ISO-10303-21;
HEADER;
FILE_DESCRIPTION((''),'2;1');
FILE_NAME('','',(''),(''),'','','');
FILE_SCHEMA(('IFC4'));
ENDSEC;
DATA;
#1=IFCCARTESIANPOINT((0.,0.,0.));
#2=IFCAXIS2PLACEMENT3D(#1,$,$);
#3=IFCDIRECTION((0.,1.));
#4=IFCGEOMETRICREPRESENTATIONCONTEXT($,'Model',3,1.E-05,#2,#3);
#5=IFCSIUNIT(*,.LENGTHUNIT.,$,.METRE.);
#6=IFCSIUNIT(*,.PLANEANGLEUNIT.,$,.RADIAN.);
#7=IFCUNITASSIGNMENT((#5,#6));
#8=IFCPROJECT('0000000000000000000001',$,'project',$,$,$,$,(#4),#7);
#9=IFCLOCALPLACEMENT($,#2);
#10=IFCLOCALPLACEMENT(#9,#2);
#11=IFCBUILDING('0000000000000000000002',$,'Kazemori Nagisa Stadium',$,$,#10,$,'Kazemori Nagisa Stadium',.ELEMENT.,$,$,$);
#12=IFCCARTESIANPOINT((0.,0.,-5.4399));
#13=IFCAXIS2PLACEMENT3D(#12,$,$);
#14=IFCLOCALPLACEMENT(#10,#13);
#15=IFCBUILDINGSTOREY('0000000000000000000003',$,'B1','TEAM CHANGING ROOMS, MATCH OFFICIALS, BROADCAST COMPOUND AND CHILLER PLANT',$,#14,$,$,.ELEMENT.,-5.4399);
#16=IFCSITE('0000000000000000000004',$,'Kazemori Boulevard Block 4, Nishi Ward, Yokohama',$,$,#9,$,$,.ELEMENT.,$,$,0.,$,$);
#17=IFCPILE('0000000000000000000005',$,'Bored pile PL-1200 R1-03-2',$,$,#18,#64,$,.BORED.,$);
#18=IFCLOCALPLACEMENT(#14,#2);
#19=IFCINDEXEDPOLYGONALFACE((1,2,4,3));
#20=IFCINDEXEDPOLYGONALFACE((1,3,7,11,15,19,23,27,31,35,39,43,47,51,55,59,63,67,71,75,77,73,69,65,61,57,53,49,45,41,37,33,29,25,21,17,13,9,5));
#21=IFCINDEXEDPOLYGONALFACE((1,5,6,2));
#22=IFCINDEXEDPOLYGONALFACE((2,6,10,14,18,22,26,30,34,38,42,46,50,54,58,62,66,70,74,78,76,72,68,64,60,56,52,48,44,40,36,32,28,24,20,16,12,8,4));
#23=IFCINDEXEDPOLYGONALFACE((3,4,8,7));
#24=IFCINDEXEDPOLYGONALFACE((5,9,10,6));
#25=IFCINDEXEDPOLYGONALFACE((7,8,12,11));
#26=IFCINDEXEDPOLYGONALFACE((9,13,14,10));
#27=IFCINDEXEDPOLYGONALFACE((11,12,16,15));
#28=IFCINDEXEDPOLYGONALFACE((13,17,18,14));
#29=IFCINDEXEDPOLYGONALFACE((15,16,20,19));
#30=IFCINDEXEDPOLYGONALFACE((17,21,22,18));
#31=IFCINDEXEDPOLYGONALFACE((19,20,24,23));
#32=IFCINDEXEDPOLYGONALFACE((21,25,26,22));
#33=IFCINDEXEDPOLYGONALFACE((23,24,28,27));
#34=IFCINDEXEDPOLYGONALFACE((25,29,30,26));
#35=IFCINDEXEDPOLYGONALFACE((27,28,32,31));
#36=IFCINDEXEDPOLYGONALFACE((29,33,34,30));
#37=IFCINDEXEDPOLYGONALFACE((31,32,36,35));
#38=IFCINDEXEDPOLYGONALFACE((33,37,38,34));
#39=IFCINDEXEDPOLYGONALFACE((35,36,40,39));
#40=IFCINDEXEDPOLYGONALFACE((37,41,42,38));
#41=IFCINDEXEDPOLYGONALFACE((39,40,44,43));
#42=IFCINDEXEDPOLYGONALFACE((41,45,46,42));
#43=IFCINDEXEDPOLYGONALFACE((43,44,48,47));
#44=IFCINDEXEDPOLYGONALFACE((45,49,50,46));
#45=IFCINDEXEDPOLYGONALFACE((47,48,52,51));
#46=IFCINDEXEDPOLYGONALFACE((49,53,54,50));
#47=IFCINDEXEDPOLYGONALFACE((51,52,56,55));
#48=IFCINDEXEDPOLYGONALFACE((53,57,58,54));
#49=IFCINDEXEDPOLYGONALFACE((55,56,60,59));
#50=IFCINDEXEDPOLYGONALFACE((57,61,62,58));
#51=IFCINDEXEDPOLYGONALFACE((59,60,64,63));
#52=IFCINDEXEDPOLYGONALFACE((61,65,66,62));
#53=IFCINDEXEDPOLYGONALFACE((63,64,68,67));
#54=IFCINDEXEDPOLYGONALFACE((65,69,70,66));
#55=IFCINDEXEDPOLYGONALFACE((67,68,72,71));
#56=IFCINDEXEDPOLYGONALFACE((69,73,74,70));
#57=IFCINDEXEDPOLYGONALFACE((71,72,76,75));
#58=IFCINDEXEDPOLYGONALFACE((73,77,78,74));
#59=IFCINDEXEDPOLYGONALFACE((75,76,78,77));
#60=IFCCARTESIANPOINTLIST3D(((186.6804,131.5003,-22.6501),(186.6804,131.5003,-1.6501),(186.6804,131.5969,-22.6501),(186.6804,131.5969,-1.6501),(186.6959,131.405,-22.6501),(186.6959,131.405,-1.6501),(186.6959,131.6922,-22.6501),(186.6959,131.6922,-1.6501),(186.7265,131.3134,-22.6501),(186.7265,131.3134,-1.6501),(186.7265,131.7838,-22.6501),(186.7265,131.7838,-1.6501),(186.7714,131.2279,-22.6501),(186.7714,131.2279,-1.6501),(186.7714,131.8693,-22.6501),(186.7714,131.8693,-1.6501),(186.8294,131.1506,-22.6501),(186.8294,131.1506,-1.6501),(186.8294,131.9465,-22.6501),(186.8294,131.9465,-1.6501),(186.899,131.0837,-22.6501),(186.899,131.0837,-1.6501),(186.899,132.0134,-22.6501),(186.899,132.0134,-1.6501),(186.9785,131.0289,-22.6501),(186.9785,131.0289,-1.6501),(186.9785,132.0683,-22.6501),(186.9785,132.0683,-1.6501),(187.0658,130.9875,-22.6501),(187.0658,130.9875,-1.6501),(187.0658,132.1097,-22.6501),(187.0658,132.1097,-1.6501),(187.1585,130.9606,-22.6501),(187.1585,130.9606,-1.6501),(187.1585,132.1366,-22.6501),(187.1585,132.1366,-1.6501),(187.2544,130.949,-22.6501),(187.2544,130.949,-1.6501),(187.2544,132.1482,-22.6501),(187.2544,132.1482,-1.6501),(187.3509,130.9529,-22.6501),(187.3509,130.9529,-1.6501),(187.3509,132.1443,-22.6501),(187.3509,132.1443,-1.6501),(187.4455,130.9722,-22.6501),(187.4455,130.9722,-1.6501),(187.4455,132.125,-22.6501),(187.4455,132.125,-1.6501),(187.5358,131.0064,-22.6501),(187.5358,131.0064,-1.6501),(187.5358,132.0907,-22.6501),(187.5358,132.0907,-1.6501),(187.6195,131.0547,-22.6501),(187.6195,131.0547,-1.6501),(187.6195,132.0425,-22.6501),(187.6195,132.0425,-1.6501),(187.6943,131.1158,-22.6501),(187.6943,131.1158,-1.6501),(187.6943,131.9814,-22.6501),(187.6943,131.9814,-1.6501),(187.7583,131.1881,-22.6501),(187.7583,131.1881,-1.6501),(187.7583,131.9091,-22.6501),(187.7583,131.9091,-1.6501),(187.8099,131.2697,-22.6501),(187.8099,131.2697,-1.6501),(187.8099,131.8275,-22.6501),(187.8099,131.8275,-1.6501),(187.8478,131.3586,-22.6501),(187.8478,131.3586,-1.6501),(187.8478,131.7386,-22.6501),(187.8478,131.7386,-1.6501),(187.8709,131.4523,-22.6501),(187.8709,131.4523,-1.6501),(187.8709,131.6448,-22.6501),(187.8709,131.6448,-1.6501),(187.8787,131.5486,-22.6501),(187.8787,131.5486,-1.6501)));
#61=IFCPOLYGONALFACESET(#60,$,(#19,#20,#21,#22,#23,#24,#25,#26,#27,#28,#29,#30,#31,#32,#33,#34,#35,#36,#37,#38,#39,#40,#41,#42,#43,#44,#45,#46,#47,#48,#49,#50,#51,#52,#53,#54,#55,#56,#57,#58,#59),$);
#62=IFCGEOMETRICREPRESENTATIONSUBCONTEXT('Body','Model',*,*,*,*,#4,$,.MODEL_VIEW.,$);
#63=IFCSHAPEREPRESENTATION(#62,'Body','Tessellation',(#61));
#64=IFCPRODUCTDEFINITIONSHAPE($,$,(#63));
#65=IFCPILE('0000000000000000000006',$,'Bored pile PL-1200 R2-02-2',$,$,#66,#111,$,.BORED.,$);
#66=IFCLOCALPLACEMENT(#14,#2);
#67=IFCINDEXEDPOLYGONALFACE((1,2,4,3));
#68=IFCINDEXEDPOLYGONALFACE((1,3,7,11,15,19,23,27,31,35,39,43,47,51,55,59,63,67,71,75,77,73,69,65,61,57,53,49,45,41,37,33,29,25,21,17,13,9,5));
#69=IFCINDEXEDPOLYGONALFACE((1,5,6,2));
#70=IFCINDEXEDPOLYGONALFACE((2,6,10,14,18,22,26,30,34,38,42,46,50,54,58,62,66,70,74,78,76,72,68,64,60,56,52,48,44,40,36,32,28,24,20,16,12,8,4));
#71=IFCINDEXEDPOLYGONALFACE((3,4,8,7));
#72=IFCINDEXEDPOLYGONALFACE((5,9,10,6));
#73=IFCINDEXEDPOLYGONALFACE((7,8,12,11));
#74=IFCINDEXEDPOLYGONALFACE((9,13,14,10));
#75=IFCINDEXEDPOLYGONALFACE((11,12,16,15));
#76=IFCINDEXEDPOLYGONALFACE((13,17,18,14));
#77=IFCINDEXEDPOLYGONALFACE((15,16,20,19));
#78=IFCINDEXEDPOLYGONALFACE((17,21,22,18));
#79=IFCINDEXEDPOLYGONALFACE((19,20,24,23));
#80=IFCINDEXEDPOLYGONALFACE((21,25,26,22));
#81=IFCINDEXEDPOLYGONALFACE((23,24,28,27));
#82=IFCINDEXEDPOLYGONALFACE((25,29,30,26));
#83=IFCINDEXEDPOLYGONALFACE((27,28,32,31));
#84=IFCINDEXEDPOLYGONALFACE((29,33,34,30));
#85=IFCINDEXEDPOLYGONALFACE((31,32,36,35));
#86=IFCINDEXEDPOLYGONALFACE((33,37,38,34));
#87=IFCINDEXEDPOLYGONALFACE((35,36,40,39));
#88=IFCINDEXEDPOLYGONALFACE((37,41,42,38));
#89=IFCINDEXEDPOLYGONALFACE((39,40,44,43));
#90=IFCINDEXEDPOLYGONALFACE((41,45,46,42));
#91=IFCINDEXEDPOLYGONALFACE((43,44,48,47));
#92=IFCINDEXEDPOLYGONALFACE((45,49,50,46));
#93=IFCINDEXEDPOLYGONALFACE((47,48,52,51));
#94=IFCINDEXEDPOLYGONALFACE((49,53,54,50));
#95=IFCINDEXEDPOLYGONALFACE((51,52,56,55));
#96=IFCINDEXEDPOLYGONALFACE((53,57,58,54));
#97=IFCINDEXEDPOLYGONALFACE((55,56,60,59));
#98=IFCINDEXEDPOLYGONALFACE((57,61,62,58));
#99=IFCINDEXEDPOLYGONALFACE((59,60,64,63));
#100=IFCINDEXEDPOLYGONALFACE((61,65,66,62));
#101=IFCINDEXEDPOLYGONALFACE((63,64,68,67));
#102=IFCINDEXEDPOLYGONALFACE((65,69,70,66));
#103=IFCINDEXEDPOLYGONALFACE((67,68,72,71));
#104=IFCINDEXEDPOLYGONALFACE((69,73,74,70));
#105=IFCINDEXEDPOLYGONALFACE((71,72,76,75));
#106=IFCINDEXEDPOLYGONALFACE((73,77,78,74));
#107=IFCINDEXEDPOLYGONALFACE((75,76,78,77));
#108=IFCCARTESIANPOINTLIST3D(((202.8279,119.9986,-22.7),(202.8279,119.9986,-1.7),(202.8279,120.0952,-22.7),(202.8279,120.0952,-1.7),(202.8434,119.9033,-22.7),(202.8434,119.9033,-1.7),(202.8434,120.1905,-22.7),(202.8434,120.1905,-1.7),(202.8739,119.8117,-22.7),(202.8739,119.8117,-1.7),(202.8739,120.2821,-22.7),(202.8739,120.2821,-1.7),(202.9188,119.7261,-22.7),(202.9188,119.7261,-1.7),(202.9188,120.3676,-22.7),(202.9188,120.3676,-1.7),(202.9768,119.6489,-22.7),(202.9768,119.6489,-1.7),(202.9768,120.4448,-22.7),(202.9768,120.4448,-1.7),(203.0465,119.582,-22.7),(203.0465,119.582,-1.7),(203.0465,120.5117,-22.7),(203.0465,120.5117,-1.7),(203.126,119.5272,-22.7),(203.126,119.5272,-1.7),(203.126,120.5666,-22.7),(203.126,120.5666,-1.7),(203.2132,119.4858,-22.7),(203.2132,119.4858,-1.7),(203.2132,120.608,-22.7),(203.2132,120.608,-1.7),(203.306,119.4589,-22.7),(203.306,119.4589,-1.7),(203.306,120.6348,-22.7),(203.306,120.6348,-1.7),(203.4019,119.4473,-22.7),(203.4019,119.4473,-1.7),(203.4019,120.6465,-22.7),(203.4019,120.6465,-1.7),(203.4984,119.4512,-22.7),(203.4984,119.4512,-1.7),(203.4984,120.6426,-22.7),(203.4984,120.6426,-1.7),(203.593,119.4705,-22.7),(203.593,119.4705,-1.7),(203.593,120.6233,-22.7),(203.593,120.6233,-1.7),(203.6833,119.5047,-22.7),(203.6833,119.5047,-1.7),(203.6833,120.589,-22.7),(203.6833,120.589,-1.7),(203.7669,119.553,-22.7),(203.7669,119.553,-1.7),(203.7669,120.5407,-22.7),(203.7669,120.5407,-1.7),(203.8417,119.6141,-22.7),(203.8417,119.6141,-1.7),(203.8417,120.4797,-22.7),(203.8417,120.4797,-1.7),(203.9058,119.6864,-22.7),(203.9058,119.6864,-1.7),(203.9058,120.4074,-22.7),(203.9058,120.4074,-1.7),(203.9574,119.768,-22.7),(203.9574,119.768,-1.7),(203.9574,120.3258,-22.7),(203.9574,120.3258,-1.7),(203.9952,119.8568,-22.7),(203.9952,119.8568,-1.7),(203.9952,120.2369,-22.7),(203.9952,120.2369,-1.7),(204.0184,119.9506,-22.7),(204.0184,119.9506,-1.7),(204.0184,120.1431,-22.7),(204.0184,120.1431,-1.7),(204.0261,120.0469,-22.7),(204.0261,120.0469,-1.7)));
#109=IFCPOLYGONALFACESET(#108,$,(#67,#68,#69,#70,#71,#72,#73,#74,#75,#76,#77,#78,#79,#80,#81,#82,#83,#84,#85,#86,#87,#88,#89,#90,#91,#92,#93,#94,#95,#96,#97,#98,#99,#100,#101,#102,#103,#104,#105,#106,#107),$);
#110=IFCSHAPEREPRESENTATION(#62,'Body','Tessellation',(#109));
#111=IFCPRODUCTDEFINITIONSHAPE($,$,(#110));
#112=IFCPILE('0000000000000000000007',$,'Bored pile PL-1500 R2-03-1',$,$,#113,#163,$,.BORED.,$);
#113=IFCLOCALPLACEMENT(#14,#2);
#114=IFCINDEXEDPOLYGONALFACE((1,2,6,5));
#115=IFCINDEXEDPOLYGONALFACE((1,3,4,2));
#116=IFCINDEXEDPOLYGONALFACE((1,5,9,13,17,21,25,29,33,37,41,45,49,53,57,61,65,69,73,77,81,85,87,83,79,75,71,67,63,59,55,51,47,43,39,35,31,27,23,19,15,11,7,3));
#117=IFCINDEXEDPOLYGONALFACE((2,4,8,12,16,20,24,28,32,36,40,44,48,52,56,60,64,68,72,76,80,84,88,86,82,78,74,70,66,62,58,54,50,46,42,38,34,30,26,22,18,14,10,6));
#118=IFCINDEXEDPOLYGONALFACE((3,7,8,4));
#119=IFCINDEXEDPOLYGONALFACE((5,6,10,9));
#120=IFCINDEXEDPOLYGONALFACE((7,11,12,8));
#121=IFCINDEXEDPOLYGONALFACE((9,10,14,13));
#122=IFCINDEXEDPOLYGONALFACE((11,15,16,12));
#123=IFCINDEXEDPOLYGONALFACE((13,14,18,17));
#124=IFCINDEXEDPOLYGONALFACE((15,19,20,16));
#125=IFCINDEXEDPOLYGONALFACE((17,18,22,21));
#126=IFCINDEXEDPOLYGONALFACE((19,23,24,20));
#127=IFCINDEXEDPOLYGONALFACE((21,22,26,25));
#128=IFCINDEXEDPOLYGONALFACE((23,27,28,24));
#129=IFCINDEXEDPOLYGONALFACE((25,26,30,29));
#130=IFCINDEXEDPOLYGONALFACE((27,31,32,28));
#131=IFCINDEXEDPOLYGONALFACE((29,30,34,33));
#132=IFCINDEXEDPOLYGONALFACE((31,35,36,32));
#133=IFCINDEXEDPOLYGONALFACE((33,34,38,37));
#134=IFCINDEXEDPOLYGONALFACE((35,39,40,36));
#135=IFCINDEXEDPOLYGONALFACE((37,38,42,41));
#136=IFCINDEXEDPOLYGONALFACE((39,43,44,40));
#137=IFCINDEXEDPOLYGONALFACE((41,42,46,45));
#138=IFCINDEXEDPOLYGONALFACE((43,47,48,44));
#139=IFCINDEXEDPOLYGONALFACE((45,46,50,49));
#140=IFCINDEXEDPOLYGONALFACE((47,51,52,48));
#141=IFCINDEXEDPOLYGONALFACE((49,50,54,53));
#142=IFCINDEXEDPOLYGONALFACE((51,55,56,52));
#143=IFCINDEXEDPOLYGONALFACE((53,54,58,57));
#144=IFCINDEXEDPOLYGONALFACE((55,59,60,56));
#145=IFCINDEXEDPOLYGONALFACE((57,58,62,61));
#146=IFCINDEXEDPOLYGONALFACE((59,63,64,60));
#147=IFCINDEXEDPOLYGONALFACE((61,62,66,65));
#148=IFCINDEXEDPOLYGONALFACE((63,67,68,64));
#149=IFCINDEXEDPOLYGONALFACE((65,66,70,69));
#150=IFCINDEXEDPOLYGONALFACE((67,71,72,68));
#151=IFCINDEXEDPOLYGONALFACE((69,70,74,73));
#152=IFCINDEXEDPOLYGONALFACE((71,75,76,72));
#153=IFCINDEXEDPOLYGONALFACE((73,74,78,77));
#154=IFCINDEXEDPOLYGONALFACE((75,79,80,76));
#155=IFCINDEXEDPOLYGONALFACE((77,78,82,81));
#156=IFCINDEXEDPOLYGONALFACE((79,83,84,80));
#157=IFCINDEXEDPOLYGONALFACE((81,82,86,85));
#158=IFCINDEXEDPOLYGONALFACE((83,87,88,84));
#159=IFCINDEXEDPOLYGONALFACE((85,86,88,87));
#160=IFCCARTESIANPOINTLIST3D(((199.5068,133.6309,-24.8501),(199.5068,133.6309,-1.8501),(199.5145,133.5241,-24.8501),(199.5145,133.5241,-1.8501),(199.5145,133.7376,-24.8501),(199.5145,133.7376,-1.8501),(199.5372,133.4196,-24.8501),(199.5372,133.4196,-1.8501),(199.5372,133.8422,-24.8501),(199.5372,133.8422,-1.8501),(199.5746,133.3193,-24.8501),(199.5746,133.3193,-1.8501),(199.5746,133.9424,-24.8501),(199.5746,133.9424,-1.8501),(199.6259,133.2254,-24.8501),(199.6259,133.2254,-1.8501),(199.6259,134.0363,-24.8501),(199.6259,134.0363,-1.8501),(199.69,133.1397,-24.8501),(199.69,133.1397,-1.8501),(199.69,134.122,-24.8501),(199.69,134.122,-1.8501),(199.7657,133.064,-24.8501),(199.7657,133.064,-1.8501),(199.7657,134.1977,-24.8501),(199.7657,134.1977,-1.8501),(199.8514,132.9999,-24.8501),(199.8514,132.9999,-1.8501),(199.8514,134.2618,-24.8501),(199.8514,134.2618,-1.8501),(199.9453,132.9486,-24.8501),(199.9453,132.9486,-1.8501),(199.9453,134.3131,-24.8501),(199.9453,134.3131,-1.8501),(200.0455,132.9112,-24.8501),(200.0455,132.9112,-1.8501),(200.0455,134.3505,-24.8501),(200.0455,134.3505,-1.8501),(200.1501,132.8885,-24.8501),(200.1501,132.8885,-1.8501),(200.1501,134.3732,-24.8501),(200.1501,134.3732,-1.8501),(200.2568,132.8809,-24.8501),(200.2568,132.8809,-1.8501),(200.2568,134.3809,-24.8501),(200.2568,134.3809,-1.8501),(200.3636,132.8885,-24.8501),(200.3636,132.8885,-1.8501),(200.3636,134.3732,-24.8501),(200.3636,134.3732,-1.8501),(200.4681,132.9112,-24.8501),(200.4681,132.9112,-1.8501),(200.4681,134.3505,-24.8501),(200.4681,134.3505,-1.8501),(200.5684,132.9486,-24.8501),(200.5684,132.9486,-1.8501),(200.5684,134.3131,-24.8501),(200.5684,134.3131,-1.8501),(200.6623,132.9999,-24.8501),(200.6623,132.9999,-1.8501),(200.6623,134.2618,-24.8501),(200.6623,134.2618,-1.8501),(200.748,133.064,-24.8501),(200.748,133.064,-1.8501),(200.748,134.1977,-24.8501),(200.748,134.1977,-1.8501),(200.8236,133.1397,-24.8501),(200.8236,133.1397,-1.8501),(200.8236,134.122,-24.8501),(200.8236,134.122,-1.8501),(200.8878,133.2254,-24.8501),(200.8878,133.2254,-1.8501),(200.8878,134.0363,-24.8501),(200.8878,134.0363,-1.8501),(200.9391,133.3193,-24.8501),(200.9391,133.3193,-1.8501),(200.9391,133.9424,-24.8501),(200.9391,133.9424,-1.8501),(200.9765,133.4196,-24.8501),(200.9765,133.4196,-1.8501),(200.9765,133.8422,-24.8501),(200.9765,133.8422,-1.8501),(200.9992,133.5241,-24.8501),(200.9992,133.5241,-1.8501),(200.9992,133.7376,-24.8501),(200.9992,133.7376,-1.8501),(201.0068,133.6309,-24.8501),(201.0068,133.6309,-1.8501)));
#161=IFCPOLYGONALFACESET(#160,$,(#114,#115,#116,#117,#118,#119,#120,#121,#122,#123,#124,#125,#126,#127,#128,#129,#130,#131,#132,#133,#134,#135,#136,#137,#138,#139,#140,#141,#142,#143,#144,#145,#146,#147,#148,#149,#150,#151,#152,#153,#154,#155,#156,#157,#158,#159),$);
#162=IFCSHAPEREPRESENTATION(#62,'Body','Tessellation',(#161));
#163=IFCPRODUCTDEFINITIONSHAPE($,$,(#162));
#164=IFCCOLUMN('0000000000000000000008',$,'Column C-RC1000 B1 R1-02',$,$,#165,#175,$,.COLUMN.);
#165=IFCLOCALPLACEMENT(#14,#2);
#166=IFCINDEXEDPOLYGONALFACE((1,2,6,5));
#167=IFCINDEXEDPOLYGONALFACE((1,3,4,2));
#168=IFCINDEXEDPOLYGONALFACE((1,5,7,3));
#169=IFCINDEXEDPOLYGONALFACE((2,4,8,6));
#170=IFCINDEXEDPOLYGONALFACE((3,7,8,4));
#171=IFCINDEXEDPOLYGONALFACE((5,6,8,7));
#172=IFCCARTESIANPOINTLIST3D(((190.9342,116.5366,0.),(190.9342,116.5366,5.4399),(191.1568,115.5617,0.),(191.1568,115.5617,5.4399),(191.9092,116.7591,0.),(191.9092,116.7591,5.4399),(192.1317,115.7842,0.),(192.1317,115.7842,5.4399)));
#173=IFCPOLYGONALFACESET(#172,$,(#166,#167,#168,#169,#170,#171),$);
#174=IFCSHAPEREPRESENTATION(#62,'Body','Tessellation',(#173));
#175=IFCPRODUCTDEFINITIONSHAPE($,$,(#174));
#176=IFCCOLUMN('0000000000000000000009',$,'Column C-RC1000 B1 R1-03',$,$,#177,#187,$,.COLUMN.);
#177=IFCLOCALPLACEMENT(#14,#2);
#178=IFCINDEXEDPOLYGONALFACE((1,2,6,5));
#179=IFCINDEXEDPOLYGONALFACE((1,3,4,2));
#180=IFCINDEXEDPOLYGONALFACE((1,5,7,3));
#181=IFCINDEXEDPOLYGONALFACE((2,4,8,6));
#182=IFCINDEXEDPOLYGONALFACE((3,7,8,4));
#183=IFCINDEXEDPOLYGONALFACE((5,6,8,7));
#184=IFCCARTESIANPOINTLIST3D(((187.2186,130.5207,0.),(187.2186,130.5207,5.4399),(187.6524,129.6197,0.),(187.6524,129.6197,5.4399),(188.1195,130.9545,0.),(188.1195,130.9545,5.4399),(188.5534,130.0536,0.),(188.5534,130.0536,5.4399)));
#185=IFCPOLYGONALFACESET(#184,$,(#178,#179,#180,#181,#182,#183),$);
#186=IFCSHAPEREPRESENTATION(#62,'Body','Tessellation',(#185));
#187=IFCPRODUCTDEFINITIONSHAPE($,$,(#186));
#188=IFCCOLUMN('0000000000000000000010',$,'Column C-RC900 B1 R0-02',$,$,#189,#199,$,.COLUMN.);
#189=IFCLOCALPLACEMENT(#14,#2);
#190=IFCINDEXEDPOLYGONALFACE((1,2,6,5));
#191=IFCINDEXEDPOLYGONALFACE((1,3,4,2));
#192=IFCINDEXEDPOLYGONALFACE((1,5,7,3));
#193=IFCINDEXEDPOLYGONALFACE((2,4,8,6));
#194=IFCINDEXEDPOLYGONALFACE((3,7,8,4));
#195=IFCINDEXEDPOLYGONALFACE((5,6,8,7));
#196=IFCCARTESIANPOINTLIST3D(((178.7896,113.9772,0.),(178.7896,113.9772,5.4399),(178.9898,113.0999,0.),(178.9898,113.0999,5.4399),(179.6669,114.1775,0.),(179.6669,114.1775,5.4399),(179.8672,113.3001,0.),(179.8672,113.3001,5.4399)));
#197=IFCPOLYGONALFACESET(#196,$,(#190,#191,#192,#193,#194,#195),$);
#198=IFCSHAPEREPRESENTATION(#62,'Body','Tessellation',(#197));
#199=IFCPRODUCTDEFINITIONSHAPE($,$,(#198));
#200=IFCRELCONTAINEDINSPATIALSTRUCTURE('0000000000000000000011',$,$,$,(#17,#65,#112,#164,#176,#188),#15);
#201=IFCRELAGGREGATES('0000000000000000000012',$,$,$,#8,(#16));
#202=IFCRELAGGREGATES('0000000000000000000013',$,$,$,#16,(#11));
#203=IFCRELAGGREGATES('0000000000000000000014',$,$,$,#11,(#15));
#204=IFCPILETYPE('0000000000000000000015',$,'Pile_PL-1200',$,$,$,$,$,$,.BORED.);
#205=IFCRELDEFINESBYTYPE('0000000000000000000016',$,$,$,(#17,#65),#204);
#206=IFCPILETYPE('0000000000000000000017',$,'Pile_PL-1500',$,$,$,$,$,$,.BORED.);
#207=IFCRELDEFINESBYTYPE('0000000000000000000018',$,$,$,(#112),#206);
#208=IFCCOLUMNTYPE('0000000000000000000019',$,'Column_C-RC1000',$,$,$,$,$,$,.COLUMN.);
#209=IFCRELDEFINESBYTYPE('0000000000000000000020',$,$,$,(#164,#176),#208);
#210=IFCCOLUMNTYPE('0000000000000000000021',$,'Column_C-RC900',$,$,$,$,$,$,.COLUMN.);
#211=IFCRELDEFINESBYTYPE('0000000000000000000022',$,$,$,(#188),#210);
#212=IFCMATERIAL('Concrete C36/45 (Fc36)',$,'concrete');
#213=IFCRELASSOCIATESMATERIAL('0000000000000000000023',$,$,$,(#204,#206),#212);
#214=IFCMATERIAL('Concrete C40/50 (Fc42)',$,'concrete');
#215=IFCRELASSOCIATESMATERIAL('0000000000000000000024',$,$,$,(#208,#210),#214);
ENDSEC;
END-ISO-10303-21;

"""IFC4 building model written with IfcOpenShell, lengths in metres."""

from ifc_helpers import new_model, si_unit, direction, frame, origin, origin_2d, place, context, subcontext, project, spatial, rectangle, circle, extrude, material, material_profile, profile_set, type_object, element, save


model = new_model("IFC4")

# Units and contexts
model_context = context("Model", 3, precision=1e-05, world=origin(), true_north=direction((0.0, 1.0)))
body_context = subcontext(model_context, "Body", "Model", "MODEL_VIEW")
ifc_project = project(units=[si_unit("LENGTHUNIT", "METRE"), si_unit("PLANEANGLEUNIT", "RADIAN")], contexts=[model_context])

# Site, building, storey
site_placement = place(None, origin())
site = spatial("IfcSite", under=ifc_project, at=site_placement, Name="Kazemori Boulevard Block 4, Nishi Ward, Yokohama", CompositionType="ELEMENT", RefElevation=0.0)
building_placement = place(site_placement, origin())
building = spatial("IfcBuilding", under=site, at=building_placement, Name="Kazemori Nagisa Stadium", LongName="Kazemori Nagisa Stadium", CompositionType="ELEMENT")
storey_placement = place(building_placement, frame((0.0, 0.0, -5.4399)))
storey = spatial("IfcBuildingStorey", under=building, at=storey_placement, Name="B1", Description="TEAM CHANGING ROOMS, MATCH OFFICIALS, BROADCAST COMPOUND AND CHILLER PLANT", CompositionType="ELEMENT", Elevation=-5.4399)

# Shared definitions
ifc_material_1 = material(Name="Concrete C40/50 (Fc42)", Category="concrete")

# Piles
ifc_material_2 = material(Name="Concrete C36/45 (Fc36)", Category="concrete")
ifc_material_profile_1 = material_profile(ifc_material_2, circle(Radius=0.6001, at=origin_2d()), Name="PILE-D1200")
ifc_profile_set_1 = profile_set([ifc_material_profile_1], Name="Concrete C36/45 (Fc36)")
pile_type_1 = type_object("IfcPileType", Name="Pile_PL-1200", PredefinedType="BORED", material=ifc_profile_set_1)
for number, where, z_axis, x_axis, name in (
    (1, (187.2786, 131.5486, -1.6501), (0.0, 0.0, -1.0), (1.0, 0.0, 0.0), "Bored pile PL-1200 R1-03-2"),
    (2, (203.426, 120.0469, -1.7), (0.0, 0.0, -1.0), (1.0, 0.0, 0.0), "Bored pile PL-1200 R2-02-2"),
):
    element("IfcPile", number, at=place(storey_placement, frame(where, z_axis=z_axis, x_axis=x_axis)), inside=storey, type_object=pile_type_1, Name=name, PredefinedType="BORED", context=body_context, shape_type="SweptSolid", body=[
        extrude(circle(Radius=0.6001, at=origin_2d()), origin(), (0.0, 0.0, 1.0), 21.0),
    ])
ifc_material_profile_2 = material_profile(ifc_material_2, circle(Radius=0.75, at=origin_2d()), Name="PILE-D1500")
ifc_profile_set_2 = profile_set([ifc_material_profile_2], Name="Concrete C36/45 (Fc36)")
pile_type_2 = type_object("IfcPileType", Name="Pile_PL-1500", PredefinedType="BORED", material=ifc_profile_set_2)
pile_placement = place(storey_placement, frame((200.2568, 133.6309, -1.8501), z_axis=(0.0, 0.0, -1.0), x_axis=(1.0, 0.0, 0.0)))
element("IfcPile", 3, at=pile_placement, inside=storey, type_object=pile_type_2, Name="Bored pile PL-1500 R2-03-1", PredefinedType="BORED", context=body_context, shape_type="SweptSolid", body=[
    extrude(circle(Radius=0.75, at=origin_2d()), origin(), (0.0, 0.0, 1.0), 23.0),
])

# Columns
ifc_material_profile_3 = material_profile(ifc_material_1, rectangle(XDim=1.0, YDim=1.0, at=origin_2d()), Name="RC-COL-1000x1000")
ifc_profile_set_3 = profile_set([ifc_material_profile_3], Name="Concrete C40/50 (Fc42)")
column_type_1 = type_object("IfcColumnType", Name="Column_C-RC1000", PredefinedType="COLUMN", material=ifc_profile_set_3)
for number, where, z_axis, x_axis, name in (
    (4, (191.533, 116.1604, 0.0), (0.0, 0.0, 1.0), (0.974928, 0.222521, 0.0), "Column C-RC1000 B1 R1-02"),
    (5, (187.886, 130.2871, 0.0), (0.0, 0.0, 1.0), (0.900969, 0.433884, 0.0), "Column C-RC1000 B1 R1-03"),
):
    element("IfcColumn", number, at=place(storey_placement, frame(where, z_axis=z_axis, x_axis=x_axis)), inside=storey, type_object=column_type_1, Name=name, PredefinedType="COLUMN", context=body_context, shape_type="SweptSolid", body=[
        extrude(rectangle(XDim=1.0, YDim=1.0, at=origin_2d()), origin(), (0.0, 0.0, 1.0), 5.4399),
    ])
ifc_material_profile_4 = material_profile(ifc_material_1, rectangle(XDim=0.8999, YDim=0.8999, at=origin_2d()), Name="RC-COL-900x900")
ifc_profile_set_4 = profile_set([ifc_material_profile_4], Name="Concrete C40/50 (Fc42)")
column_type_2 = type_object("IfcColumnType", Name="Column_C-RC900", PredefinedType="COLUMN", material=ifc_profile_set_4)
column_placement = place(storey_placement, frame((179.3284, 113.6387, 0.0), z_axis=(0.0, 0.0, 1.0), x_axis=(0.974928, 0.222521, 0.0)))
element("IfcColumn", 6, at=column_placement, inside=storey, type_object=column_type_2, Name="Column C-RC900 B1 R0-02", PredefinedType="COLUMN", context=body_context, shape_type="SweptSolid", body=[
    extrude(rectangle(XDim=0.8999, YDim=0.8999, at=origin_2d()), origin(), (0.0, 0.0, 1.0), 5.4399),
])

save(model, "model.ifc")
